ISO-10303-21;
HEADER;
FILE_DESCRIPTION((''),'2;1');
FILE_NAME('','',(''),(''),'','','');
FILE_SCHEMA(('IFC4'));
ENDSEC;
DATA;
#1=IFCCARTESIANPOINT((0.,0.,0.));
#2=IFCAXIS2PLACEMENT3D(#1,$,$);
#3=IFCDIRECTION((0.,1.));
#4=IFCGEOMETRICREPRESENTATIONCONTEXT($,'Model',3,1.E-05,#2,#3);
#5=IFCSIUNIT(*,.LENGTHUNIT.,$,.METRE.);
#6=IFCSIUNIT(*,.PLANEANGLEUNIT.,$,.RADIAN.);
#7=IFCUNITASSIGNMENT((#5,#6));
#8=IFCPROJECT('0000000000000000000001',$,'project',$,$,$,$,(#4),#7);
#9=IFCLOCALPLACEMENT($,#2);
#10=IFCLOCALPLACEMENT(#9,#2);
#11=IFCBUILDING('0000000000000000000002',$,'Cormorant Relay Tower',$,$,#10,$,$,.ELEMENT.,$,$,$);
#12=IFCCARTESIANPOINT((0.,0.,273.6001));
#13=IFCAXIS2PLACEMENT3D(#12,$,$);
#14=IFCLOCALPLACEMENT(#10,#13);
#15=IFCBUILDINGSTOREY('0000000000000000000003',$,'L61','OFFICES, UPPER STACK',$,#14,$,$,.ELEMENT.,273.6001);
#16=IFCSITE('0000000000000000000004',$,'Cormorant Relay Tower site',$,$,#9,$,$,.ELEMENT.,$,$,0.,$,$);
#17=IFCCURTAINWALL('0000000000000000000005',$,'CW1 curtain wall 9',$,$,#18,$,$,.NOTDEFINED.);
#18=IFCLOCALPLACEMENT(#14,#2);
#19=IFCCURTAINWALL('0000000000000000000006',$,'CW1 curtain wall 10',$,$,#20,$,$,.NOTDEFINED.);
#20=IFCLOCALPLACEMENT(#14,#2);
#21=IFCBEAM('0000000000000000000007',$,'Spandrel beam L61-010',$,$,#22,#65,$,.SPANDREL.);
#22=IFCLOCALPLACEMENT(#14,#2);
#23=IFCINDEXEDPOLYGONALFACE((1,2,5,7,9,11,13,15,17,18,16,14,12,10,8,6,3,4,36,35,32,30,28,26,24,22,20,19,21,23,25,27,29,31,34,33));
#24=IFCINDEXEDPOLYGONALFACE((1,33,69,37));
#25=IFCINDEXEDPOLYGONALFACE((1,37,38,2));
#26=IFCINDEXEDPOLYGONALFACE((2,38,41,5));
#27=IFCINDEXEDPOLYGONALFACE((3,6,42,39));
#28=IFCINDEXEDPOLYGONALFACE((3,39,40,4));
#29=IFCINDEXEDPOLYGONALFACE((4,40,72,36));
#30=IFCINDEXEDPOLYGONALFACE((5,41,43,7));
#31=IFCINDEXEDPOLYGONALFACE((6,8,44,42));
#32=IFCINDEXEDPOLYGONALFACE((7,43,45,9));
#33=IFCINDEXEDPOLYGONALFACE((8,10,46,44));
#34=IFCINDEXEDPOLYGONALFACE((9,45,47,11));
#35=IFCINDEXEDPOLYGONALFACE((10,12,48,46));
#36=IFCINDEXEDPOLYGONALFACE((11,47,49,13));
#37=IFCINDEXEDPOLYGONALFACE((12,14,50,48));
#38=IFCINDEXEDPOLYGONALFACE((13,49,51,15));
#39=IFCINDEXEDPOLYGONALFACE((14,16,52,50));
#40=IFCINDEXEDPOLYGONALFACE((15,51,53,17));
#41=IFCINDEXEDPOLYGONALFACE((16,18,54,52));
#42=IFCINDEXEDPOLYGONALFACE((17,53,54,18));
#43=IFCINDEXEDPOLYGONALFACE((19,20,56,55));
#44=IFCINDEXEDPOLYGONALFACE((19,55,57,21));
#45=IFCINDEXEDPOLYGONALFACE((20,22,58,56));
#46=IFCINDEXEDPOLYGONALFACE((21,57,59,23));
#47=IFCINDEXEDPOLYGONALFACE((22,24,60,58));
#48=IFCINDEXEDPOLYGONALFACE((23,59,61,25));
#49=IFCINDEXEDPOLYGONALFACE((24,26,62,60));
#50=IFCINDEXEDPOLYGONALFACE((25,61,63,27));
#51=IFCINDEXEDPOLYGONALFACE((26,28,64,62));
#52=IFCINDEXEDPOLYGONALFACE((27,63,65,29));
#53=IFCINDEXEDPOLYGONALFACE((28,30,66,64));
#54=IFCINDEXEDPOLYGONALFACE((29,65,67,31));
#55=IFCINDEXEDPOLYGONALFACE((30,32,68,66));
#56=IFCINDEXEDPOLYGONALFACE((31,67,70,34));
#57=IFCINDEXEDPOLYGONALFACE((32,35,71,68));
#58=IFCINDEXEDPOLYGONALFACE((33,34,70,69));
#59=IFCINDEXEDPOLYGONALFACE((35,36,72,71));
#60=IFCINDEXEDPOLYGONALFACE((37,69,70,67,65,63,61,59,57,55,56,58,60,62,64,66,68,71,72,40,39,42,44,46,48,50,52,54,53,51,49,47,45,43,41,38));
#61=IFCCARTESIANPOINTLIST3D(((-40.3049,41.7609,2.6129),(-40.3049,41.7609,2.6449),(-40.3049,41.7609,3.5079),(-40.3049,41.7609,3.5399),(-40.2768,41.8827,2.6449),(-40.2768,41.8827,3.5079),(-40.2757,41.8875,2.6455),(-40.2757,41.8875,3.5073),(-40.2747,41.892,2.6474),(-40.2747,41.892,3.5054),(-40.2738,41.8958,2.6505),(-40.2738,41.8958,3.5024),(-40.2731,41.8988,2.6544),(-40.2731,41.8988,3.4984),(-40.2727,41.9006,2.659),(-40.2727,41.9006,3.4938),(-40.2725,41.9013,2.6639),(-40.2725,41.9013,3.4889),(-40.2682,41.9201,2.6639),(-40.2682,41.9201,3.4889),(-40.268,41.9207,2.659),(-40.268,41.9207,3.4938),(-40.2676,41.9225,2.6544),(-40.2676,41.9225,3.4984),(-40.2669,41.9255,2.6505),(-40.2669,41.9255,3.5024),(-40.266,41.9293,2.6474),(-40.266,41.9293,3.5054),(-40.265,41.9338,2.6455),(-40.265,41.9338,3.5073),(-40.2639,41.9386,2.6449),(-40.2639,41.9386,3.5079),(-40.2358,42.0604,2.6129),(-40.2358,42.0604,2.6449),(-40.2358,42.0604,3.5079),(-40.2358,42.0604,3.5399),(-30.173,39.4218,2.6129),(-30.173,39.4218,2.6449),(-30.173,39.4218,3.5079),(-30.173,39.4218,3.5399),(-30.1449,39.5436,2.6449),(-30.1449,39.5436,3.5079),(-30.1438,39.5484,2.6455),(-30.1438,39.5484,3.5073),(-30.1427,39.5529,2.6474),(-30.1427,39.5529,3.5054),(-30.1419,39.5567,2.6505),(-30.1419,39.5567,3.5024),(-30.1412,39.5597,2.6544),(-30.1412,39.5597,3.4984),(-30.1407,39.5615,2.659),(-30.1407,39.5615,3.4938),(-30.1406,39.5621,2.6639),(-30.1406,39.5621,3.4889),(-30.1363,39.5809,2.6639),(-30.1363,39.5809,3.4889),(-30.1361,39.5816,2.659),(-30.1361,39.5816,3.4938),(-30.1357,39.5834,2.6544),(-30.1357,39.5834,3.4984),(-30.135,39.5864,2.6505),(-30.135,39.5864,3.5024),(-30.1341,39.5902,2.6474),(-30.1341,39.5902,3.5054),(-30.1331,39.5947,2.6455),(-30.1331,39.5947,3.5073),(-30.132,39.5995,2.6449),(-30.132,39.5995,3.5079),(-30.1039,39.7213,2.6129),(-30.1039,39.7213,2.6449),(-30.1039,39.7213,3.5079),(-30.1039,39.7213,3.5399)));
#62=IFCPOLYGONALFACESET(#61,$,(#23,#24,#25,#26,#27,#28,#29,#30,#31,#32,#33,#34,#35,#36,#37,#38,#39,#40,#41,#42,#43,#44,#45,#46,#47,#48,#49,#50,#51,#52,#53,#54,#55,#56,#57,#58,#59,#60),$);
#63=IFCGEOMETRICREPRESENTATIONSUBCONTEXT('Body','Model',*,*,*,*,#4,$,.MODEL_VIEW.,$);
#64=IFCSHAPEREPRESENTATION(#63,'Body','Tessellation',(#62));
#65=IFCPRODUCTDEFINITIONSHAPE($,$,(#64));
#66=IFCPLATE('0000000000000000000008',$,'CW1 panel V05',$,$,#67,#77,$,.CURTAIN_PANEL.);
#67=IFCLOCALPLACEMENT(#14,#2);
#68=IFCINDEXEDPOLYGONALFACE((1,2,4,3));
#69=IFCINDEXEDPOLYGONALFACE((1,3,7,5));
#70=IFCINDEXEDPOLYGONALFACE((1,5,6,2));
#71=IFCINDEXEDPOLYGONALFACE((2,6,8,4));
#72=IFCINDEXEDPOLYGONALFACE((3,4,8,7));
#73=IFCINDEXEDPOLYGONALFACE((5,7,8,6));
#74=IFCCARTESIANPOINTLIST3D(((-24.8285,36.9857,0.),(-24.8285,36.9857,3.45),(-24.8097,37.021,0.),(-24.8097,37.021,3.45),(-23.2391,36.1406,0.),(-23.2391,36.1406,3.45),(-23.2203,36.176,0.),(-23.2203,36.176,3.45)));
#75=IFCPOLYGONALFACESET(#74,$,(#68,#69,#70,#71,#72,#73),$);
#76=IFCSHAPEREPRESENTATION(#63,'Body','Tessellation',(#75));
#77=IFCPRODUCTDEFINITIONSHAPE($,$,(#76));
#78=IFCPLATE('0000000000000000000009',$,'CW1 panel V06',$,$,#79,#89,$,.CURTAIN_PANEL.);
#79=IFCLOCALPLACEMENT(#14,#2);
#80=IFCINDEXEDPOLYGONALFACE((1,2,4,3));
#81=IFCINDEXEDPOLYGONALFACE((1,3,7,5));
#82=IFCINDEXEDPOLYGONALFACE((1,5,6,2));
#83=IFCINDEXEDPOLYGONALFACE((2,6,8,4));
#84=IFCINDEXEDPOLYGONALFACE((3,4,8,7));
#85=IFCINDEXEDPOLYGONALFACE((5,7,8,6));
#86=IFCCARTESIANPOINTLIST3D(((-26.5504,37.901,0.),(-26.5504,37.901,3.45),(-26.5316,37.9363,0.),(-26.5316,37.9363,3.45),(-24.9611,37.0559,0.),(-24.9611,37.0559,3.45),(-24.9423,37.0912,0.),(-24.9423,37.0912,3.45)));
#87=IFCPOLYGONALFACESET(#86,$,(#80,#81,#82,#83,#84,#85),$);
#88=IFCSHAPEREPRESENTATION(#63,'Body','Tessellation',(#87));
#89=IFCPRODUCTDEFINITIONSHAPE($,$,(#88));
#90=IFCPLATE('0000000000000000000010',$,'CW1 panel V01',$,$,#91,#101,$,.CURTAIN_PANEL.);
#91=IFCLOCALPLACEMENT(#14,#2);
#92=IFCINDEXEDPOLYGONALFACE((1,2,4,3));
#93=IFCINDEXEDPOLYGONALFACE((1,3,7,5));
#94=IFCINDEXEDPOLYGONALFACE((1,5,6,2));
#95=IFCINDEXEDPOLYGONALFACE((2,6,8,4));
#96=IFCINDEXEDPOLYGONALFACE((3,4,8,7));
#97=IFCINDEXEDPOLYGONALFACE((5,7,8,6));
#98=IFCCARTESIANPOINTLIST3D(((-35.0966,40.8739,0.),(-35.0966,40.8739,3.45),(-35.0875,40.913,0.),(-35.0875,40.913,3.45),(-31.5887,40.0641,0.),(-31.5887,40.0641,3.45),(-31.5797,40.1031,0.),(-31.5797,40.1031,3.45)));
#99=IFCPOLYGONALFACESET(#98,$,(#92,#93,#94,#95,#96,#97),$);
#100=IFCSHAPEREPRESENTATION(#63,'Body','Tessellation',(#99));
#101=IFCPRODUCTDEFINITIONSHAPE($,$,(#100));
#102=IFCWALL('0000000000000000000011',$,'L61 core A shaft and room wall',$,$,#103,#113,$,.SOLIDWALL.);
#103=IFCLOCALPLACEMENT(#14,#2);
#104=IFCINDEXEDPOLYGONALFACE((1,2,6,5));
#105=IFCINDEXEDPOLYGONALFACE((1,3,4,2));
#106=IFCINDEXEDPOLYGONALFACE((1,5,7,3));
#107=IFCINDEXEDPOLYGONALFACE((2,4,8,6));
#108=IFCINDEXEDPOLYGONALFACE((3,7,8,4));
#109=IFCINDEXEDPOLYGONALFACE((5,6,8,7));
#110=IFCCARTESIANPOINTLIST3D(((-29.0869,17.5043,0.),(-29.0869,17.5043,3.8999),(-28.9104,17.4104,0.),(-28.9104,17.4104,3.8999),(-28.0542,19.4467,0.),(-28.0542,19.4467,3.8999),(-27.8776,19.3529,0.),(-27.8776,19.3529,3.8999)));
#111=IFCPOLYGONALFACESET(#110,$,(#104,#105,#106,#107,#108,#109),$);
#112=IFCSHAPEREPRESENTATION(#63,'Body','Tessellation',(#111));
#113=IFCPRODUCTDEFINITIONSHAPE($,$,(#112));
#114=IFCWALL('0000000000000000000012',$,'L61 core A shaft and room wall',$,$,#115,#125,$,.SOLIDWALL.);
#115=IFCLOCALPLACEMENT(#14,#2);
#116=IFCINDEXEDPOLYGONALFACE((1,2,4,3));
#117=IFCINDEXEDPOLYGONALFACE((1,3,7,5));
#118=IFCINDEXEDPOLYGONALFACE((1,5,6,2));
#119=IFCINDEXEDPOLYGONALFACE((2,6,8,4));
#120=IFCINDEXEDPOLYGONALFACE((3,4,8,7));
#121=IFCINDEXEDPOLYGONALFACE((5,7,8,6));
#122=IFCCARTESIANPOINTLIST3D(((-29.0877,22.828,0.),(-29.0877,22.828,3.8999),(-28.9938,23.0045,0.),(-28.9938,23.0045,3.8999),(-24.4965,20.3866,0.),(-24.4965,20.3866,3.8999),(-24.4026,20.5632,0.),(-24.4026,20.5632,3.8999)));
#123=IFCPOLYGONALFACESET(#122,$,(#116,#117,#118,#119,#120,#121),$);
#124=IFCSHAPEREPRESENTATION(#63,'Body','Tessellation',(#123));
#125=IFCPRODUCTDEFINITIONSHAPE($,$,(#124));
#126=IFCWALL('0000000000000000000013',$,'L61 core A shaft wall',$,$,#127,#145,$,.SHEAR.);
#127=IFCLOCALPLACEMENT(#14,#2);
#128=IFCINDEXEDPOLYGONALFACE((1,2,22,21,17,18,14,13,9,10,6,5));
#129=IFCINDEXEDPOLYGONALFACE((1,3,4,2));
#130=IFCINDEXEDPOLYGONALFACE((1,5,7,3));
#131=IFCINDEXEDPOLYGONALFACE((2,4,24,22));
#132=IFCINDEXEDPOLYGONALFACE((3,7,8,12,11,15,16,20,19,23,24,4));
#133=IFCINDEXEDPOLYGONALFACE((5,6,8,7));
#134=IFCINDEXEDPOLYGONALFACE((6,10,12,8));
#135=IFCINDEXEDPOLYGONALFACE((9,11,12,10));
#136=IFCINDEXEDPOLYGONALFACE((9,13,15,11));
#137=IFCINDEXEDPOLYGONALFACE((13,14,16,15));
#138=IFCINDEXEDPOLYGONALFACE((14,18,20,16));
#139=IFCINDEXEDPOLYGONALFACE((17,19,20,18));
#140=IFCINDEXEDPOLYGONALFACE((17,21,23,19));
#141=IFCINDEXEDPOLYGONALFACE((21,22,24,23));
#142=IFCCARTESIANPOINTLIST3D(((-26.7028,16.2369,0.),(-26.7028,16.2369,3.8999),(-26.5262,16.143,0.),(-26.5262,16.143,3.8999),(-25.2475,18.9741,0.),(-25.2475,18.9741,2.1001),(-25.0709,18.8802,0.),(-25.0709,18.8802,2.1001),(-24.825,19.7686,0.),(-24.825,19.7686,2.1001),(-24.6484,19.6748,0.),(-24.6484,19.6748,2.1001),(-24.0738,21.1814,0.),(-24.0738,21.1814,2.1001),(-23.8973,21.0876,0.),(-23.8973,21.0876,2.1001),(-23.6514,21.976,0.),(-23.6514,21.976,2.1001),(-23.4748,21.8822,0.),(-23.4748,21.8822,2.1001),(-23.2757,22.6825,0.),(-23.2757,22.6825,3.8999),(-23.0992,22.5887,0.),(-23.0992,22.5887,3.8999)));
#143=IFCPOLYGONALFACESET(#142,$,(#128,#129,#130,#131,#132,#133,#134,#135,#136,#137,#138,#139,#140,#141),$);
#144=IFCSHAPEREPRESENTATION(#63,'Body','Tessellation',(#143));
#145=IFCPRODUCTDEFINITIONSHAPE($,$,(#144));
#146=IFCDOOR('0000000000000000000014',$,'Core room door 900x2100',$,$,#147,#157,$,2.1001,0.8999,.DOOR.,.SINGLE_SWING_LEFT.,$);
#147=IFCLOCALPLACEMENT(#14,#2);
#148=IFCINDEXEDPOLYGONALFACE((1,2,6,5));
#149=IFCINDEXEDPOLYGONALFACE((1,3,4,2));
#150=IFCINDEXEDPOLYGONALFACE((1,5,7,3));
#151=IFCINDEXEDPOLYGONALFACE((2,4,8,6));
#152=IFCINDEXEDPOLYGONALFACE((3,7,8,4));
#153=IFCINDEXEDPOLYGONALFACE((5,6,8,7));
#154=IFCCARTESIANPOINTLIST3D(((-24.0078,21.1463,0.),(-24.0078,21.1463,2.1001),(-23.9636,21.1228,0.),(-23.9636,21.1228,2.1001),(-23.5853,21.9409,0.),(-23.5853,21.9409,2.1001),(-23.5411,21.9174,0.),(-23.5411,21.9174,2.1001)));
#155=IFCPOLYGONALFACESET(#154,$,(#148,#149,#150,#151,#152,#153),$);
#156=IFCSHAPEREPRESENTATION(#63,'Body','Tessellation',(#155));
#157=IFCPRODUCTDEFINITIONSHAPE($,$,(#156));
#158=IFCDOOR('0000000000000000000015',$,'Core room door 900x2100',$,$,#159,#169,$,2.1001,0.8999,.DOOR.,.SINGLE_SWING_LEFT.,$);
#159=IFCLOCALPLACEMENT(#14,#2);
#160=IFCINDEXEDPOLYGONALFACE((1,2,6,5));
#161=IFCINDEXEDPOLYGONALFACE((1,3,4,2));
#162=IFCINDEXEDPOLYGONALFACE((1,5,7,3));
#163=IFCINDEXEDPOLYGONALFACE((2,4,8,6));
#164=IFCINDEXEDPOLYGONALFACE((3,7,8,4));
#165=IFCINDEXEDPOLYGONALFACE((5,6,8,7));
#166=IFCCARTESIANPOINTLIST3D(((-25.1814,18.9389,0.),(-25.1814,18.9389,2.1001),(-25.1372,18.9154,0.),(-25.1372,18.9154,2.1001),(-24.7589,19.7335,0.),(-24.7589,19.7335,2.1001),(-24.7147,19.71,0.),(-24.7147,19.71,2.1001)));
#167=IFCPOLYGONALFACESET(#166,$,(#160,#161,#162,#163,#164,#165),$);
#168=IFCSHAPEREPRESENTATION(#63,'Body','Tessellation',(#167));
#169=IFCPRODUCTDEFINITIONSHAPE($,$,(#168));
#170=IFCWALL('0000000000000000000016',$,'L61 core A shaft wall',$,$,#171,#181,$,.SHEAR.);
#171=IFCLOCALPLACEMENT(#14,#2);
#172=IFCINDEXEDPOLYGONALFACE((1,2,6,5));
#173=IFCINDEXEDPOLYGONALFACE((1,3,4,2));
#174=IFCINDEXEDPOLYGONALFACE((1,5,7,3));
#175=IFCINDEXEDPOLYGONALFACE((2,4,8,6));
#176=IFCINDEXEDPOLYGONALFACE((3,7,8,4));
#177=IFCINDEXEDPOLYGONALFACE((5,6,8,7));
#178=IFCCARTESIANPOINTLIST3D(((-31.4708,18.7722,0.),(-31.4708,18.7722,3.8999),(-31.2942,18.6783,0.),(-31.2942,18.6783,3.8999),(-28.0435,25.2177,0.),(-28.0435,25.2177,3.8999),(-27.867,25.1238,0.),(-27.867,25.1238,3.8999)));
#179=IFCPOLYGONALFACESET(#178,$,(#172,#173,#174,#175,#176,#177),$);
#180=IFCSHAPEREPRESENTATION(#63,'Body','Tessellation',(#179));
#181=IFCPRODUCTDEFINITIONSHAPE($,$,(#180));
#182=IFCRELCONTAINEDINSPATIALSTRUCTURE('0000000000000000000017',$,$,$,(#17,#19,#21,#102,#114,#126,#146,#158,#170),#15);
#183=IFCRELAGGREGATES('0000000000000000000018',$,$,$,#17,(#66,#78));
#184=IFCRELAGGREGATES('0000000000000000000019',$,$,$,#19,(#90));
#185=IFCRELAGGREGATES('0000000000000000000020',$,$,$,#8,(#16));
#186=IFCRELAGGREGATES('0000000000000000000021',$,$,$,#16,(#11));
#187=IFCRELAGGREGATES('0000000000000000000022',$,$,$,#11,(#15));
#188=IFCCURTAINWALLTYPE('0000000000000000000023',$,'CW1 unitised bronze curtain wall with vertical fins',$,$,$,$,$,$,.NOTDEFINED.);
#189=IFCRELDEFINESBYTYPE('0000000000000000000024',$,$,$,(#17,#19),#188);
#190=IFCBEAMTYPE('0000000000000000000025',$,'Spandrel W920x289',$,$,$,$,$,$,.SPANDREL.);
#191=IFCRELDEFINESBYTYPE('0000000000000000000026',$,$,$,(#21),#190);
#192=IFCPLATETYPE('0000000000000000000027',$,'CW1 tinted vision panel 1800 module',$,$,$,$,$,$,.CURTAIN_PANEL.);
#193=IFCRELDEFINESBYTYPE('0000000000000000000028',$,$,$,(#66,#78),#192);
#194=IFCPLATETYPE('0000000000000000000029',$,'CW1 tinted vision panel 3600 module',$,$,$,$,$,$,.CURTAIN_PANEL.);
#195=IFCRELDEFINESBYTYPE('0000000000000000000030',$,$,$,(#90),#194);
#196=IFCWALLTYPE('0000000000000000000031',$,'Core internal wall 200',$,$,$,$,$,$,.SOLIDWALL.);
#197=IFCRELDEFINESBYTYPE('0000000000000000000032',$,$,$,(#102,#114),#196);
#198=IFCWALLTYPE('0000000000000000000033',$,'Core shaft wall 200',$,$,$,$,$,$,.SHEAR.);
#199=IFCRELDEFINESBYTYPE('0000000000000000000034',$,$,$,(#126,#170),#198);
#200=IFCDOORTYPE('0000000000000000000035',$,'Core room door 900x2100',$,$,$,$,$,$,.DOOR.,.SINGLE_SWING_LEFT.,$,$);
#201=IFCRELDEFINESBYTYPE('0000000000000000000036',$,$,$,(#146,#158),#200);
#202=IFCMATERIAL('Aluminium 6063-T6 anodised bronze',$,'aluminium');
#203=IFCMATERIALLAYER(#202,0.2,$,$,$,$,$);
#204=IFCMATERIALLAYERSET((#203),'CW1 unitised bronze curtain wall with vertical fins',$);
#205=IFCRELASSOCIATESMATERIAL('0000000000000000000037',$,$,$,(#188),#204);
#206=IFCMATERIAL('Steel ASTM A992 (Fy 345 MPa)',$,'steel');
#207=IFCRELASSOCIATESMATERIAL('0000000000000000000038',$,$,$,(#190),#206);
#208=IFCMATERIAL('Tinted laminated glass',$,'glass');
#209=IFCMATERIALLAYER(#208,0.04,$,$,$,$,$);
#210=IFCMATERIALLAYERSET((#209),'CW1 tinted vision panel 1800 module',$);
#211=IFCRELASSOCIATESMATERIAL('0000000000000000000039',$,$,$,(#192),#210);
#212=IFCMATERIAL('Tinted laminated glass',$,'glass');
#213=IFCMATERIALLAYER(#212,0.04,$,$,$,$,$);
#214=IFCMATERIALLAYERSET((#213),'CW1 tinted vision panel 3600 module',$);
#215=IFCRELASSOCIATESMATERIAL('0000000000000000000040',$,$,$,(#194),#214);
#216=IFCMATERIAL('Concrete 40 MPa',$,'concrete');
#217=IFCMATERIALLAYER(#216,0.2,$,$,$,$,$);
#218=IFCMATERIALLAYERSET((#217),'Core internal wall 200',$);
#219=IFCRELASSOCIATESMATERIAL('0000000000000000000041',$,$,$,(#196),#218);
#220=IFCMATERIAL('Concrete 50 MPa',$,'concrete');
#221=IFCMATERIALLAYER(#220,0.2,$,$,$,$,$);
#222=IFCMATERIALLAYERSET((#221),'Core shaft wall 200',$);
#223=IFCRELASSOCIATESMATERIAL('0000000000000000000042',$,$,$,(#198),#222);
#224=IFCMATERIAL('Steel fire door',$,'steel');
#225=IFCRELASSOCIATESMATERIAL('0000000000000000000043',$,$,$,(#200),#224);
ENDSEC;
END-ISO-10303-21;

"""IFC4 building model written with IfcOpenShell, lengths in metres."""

from ifc_helpers import new_model, si_unit, direction, frame, frame_2d, origin, origin_2d, place, context, subcontext, project, spatial, rectangle, i_section, extrude, material, layer, layer_set, material_profile, profile_set, type_object, element, fill, aggregate, save


model = new_model("IFC4")

# Units and contexts
model_context = context("Model", 3, precision=1e-05, world=origin(), true_north=direction((0.0, 1.0)))
body_context = subcontext(model_context, "Body", "Model", "MODEL_VIEW")
ifc_project = project(units=[si_unit("LENGTHUNIT", "METRE"), si_unit("PLANEANGLEUNIT", "RADIAN")], contexts=[model_context])

# Site, building, storey
site_placement = place(None, origin())
site = spatial("IfcSite", under=ifc_project, at=site_placement, Name="Cormorant Relay Tower site", CompositionType="ELEMENT", RefElevation=0.0)
building_placement = place(site_placement, origin())
building = spatial("IfcBuilding", under=site, at=building_placement, Name="Cormorant Relay Tower", CompositionType="ELEMENT")
storey_placement = place(building_placement, frame((0.0, 0.0, 273.6001)))
storey = spatial("IfcBuildingStorey", under=building, at=storey_placement, Name="L61", Description="OFFICES, UPPER STACK", CompositionType="ELEMENT", Elevation=273.6001)

# Curtain wall
ifc_material_1 = material(Name="Aluminium 6063-T6 anodised bronze", Category="aluminium")
ifc_layer_1 = layer(ifc_material_1, 0.2)
ifc_layer_set_1 = layer_set([ifc_layer_1], Name="CW1 unitised bronze curtain wall with vertical fins")
curtain_wall_type = type_object("IfcCurtainWallType", Name="CW1 unitised bronze curtain wall with vertical fins", PredefinedType="NOTDEFINED", material=ifc_layer_set_1)
curtain_wall_1_placement = place(storey_placement, origin())
curtain_wall_1 = element("IfcCurtainWall", 1, at=curtain_wall_1_placement, inside=storey, type_object=curtain_wall_type, Name="CW1 curtain wall 9", PredefinedType="NOTDEFINED")

# Curtain wall
curtain_wall_2_placement = place(storey_placement, origin())
curtain_wall_2 = element("IfcCurtainWall", 2, at=curtain_wall_2_placement, inside=storey, type_object=curtain_wall_type, Name="CW1 curtain wall 10", PredefinedType="NOTDEFINED")

# Beam
ifc_material_2 = material(Name="Steel ASTM A992 (Fy 345 MPa)", Category="steel")
ifc_material_profile_1 = material_profile(ifc_material_2, i_section(OverallWidth=0.3074, OverallDepth=0.927, WebThickness=0.0193, FlangeThickness=0.032, FilletRadius=0.019, at=origin_2d()), Name="W920x289")
ifc_profile_set_1 = profile_set([ifc_material_profile_1], Name="Steel ASTM A992 (Fy 345 MPa)")
beam_type = type_object("IfcBeamType", Name="Spandrel W920x289", PredefinedType="SPANDREL", material=ifc_profile_set_1)
beam_placement = place(storey_placement, frame((-30.1384, 39.5715, 3.0764), z_axis=(-0.97437, 0.22495, 0.0), x_axis=(-0.22495, -0.97437, 0.0)))
element("IfcBeam", 3, at=beam_placement, inside=storey, type_object=beam_type, Name="Spandrel beam L61-010", PredefinedType="SPANDREL", context=body_context, shape_type="SweptSolid", body=[
    extrude(i_section(OverallWidth=0.3074, OverallDepth=0.927, WebThickness=0.0193, FlangeThickness=0.032, FilletRadius=0.019, at=origin_2d()), origin(), (0.0, 0.0, 1.0), 10.3984),
])

# Plates
ifc_material_3 = material(Name="Tinted laminated glass", Category="glass")
ifc_layer_2 = layer(ifc_material_3, 0.04)
ifc_layer_set_2 = layer_set([ifc_layer_2], Name="CW1 tinted vision panel 1800 module")
plate_type_1 = type_object("IfcPlateType", Name="CW1 tinted vision panel 1800 module", PredefinedType="CURTAIN_PANEL", material=ifc_layer_set_2)
plate_1_placement = place(storey_placement, frame((-24.0244, 36.5808, 0.0), z_axis=(0.0, 0.0, 1.0), x_axis=(-0.882948, 0.469472, 0.0)))
plate_1 = element("IfcPlate", 4, at=plate_1_placement, type_object=plate_type_1, Name="CW1 panel V05", PredefinedType="CURTAIN_PANEL", context=body_context, shape_type="SweptSolid", body=[
    extrude(rectangle(XDim=1.8, YDim=0.04, at=origin_2d()), origin(), (0.0, 0.0, 1.0), 3.45),
])
plate_2_placement = place(storey_placement, frame((-25.7463, 37.4961, 0.0), z_axis=(0.0, 0.0, 1.0), x_axis=(-0.882948, 0.469472, 0.0)))
plate_2 = element("IfcPlate", 5, at=plate_2_placement, type_object=plate_type_1, Name="CW1 panel V06", PredefinedType="CURTAIN_PANEL", context=body_context, shape_type="SweptSolid", body=[
    extrude(rectangle(XDim=1.8, YDim=0.04, at=origin_2d()), origin(), (0.0, 0.0, 1.0), 3.45),
])
ifc_material_4 = material(Name="Tinted laminated glass", Category="glass")
ifc_layer_3 = layer(ifc_material_4, 0.04)
ifc_layer_set_3 = layer_set([ifc_layer_3], Name="CW1 tinted vision panel 3600 module")
plate_type_2 = type_object("IfcPlateType", Name="CW1 tinted vision panel 3600 module", PredefinedType="CURTAIN_PANEL", material=ifc_layer_set_3)
plate_3_placement = place(storey_placement, frame((-33.3381, 40.4885, 0.0), z_axis=(0.0, 0.0, 1.0), x_axis=(-0.97437, 0.224951, 0.0)))
plate_3 = element("IfcPlate", 6, at=plate_3_placement, type_object=plate_type_2, Name="CW1 panel V01", PredefinedType="CURTAIN_PANEL", context=body_context, shape_type="SweptSolid", body=[
    extrude(rectangle(XDim=3.6001, YDim=0.04, at=origin_2d()), origin(), (0.0, 0.0, 1.0), 3.45),
])

# Walls
ifc_material_5 = material(Name="Concrete 40 MPa", Category="concrete")
ifc_layer_4 = layer(ifc_material_5, 0.2)
ifc_layer_set_4 = layer_set([ifc_layer_4], Name="Core internal wall 200")
wall_type_1 = type_object("IfcWallType", Name="Core internal wall 200", PredefinedType="SOLIDWALL", material=ifc_layer_set_4)
wall_1_placement = place(storey_placement, frame((-27.9658, 19.3999, 0.0), z_axis=(0.0, 0.0, 1.0), x_axis=(-0.469447, -0.88296, 0.0)))
element("IfcWall", 7, at=wall_1_placement, inside=storey, type_object=wall_type_1, Name="L61 core A shaft and room wall", PredefinedType="SOLIDWALL", context=body_context, shape_type="SweptSolid", body=[
    extrude(rectangle(XDim=2.2, YDim=0.2, at=frame_2d((1.1001, 0.0))), origin(), (0.0, 0.0, 1.0), 3.8999),
])
wall_2_placement = place(storey_placement, frame((-24.4495, 20.4749, 0.0), z_axis=(0.0, 0.0, 1.0), x_axis=(-0.882935, 0.469496, 0.0)))
element("IfcWall", 8, at=wall_2_placement, inside=storey, type_object=wall_type_1, Name="L61 core A shaft and room wall", PredefinedType="SOLIDWALL", context=body_context, shape_type="SweptSolid", body=[
    extrude(rectangle(XDim=5.2, YDim=0.2, at=frame_2d((2.6001, 0.0))), origin(), (0.0, 0.0, 1.0), 3.8999),
])

# Wall, openings, doors
ifc_material_6 = material(Name="Concrete 50 MPa", Category="concrete")
ifc_layer_5 = layer(ifc_material_6, 0.2)
ifc_layer_set_5 = layer_set([ifc_layer_5], Name="Core shaft wall 200")
wall_type_2 = type_object("IfcWallType", Name="Core shaft wall 200", PredefinedType="SHEAR", material=ifc_layer_set_5)
wall_3_placement = place(storey_placement, frame((-23.1875, 22.6355, 0.0), z_axis=(0.0, 0.0, 1.0), x_axis=(-0.469454, -0.882957, 0.0)))
wall_3 = element("IfcWall", 9, at=wall_3_placement, inside=storey, type_object=wall_type_2, Name="L61 core A shaft wall", PredefinedType="SHEAR", context=body_context, shape_type="SweptSolid", body=[
    extrude(rectangle(XDim=7.3, YDim=0.2, at=frame_2d((3.6499, 0.0))), origin(), (0.0, 0.0, 1.0), 3.8999),
])
opening_1_placement = place(wall_3_placement, frame((0.8, 0.0, 0.0)))
opening_1 = element("IfcOpeningElement", 10, at=opening_1_placement, cuts=wall_3, PredefinedType="OPENING", context=body_context, shape_type="SweptSolid", body=[
    extrude(rectangle(XDim=0.8999, YDim=2.1001, at=frame_2d((0.45, 1.05))), frame((0.0, 0.1099, 0.0), z_axis=(0.0, -1.0, 0.0), x_axis=(1.0, 0.0, 0.0)), (0.0, 0.0, 1.0), 0.22),
])
opening_2_placement = place(wall_3_placement, frame((3.3, 0.0, 0.0)))
opening_2 = element("IfcOpeningElement", 11, at=opening_2_placement, cuts=wall_3, PredefinedType="OPENING", context=body_context, shape_type="SweptSolid", body=[
    extrude(rectangle(XDim=0.8999, YDim=2.1001, at=frame_2d((0.45, 1.05))), frame((0.0, 0.1099, 0.0), z_axis=(0.0, -1.0, 0.0), x_axis=(1.0, 0.0, 0.0)), (0.0, 0.0, 1.0), 0.22),
])
ifc_material_7 = material(Name="Steel fire door", Category="steel")
door_type_1 = type_object("IfcDoorType", Name="Core room door 900x2100", OperationType="SINGLE_SWING_LEFT", PredefinedType="DOOR", material=ifc_material_7)
door_1_placement = place(opening_1_placement, origin())
door_1 = element("IfcDoor", 12, at=door_1_placement, inside=storey, type_object=door_type_1, Name="Core room door 900x2100", OperationType="SINGLE_SWING_LEFT", OverallHeight=2.1001, OverallWidth=0.8999, PredefinedType="DOOR", context=body_context, shape_type="SweptSolid", body=[
    extrude(rectangle(XDim=0.8999, YDim=2.1001, at=frame_2d((0.45, 1.05))), frame((0.0, 0.0249, 0.0), z_axis=(0.0, -1.0, 0.0), x_axis=(1.0, 0.0, 0.0)), (0.0, 0.0, 1.0), 0.05),
])
fill(opening_1, door_1)
door_2_placement = place(opening_2_placement, origin())
door_2 = element("IfcDoor", 13, at=door_2_placement, inside=storey, type_object=door_type_1, Name="Core room door 900x2100", OperationType="SINGLE_SWING_LEFT", OverallHeight=2.1001, OverallWidth=0.8999, PredefinedType="DOOR", context=body_context, shape_type="SweptSolid", body=[
    extrude(rectangle(XDim=0.8999, YDim=2.1001, at=frame_2d((0.45, 1.05))), frame((0.0, 0.0249, 0.0), z_axis=(0.0, -1.0, 0.0), x_axis=(1.0, 0.0, 0.0)), (0.0, 0.0, 1.0), 0.05),
])
fill(opening_2, door_2)

# Wall
wall_4_placement = place(storey_placement, frame((-27.9553, 25.1707, 0.0), z_axis=(0.0, 0.0, 1.0), x_axis=(-0.46948, -0.882943, 0.0)))
element("IfcWall", 14, at=wall_4_placement, inside=storey, type_object=wall_type_2, Name="L61 core A shaft wall", PredefinedType="SHEAR", context=body_context, shape_type="SweptSolid", body=[
    extrude(rectangle(XDim=7.3, YDim=0.2, at=frame_2d((3.6499, 0.0))), origin(), (0.0, 0.0, 1.0), 3.8999),
])

aggregate(curtain_wall_1, [plate_1, plate_2])
aggregate(curtain_wall_2, [plate_3])

save(model, "model.ifc")
